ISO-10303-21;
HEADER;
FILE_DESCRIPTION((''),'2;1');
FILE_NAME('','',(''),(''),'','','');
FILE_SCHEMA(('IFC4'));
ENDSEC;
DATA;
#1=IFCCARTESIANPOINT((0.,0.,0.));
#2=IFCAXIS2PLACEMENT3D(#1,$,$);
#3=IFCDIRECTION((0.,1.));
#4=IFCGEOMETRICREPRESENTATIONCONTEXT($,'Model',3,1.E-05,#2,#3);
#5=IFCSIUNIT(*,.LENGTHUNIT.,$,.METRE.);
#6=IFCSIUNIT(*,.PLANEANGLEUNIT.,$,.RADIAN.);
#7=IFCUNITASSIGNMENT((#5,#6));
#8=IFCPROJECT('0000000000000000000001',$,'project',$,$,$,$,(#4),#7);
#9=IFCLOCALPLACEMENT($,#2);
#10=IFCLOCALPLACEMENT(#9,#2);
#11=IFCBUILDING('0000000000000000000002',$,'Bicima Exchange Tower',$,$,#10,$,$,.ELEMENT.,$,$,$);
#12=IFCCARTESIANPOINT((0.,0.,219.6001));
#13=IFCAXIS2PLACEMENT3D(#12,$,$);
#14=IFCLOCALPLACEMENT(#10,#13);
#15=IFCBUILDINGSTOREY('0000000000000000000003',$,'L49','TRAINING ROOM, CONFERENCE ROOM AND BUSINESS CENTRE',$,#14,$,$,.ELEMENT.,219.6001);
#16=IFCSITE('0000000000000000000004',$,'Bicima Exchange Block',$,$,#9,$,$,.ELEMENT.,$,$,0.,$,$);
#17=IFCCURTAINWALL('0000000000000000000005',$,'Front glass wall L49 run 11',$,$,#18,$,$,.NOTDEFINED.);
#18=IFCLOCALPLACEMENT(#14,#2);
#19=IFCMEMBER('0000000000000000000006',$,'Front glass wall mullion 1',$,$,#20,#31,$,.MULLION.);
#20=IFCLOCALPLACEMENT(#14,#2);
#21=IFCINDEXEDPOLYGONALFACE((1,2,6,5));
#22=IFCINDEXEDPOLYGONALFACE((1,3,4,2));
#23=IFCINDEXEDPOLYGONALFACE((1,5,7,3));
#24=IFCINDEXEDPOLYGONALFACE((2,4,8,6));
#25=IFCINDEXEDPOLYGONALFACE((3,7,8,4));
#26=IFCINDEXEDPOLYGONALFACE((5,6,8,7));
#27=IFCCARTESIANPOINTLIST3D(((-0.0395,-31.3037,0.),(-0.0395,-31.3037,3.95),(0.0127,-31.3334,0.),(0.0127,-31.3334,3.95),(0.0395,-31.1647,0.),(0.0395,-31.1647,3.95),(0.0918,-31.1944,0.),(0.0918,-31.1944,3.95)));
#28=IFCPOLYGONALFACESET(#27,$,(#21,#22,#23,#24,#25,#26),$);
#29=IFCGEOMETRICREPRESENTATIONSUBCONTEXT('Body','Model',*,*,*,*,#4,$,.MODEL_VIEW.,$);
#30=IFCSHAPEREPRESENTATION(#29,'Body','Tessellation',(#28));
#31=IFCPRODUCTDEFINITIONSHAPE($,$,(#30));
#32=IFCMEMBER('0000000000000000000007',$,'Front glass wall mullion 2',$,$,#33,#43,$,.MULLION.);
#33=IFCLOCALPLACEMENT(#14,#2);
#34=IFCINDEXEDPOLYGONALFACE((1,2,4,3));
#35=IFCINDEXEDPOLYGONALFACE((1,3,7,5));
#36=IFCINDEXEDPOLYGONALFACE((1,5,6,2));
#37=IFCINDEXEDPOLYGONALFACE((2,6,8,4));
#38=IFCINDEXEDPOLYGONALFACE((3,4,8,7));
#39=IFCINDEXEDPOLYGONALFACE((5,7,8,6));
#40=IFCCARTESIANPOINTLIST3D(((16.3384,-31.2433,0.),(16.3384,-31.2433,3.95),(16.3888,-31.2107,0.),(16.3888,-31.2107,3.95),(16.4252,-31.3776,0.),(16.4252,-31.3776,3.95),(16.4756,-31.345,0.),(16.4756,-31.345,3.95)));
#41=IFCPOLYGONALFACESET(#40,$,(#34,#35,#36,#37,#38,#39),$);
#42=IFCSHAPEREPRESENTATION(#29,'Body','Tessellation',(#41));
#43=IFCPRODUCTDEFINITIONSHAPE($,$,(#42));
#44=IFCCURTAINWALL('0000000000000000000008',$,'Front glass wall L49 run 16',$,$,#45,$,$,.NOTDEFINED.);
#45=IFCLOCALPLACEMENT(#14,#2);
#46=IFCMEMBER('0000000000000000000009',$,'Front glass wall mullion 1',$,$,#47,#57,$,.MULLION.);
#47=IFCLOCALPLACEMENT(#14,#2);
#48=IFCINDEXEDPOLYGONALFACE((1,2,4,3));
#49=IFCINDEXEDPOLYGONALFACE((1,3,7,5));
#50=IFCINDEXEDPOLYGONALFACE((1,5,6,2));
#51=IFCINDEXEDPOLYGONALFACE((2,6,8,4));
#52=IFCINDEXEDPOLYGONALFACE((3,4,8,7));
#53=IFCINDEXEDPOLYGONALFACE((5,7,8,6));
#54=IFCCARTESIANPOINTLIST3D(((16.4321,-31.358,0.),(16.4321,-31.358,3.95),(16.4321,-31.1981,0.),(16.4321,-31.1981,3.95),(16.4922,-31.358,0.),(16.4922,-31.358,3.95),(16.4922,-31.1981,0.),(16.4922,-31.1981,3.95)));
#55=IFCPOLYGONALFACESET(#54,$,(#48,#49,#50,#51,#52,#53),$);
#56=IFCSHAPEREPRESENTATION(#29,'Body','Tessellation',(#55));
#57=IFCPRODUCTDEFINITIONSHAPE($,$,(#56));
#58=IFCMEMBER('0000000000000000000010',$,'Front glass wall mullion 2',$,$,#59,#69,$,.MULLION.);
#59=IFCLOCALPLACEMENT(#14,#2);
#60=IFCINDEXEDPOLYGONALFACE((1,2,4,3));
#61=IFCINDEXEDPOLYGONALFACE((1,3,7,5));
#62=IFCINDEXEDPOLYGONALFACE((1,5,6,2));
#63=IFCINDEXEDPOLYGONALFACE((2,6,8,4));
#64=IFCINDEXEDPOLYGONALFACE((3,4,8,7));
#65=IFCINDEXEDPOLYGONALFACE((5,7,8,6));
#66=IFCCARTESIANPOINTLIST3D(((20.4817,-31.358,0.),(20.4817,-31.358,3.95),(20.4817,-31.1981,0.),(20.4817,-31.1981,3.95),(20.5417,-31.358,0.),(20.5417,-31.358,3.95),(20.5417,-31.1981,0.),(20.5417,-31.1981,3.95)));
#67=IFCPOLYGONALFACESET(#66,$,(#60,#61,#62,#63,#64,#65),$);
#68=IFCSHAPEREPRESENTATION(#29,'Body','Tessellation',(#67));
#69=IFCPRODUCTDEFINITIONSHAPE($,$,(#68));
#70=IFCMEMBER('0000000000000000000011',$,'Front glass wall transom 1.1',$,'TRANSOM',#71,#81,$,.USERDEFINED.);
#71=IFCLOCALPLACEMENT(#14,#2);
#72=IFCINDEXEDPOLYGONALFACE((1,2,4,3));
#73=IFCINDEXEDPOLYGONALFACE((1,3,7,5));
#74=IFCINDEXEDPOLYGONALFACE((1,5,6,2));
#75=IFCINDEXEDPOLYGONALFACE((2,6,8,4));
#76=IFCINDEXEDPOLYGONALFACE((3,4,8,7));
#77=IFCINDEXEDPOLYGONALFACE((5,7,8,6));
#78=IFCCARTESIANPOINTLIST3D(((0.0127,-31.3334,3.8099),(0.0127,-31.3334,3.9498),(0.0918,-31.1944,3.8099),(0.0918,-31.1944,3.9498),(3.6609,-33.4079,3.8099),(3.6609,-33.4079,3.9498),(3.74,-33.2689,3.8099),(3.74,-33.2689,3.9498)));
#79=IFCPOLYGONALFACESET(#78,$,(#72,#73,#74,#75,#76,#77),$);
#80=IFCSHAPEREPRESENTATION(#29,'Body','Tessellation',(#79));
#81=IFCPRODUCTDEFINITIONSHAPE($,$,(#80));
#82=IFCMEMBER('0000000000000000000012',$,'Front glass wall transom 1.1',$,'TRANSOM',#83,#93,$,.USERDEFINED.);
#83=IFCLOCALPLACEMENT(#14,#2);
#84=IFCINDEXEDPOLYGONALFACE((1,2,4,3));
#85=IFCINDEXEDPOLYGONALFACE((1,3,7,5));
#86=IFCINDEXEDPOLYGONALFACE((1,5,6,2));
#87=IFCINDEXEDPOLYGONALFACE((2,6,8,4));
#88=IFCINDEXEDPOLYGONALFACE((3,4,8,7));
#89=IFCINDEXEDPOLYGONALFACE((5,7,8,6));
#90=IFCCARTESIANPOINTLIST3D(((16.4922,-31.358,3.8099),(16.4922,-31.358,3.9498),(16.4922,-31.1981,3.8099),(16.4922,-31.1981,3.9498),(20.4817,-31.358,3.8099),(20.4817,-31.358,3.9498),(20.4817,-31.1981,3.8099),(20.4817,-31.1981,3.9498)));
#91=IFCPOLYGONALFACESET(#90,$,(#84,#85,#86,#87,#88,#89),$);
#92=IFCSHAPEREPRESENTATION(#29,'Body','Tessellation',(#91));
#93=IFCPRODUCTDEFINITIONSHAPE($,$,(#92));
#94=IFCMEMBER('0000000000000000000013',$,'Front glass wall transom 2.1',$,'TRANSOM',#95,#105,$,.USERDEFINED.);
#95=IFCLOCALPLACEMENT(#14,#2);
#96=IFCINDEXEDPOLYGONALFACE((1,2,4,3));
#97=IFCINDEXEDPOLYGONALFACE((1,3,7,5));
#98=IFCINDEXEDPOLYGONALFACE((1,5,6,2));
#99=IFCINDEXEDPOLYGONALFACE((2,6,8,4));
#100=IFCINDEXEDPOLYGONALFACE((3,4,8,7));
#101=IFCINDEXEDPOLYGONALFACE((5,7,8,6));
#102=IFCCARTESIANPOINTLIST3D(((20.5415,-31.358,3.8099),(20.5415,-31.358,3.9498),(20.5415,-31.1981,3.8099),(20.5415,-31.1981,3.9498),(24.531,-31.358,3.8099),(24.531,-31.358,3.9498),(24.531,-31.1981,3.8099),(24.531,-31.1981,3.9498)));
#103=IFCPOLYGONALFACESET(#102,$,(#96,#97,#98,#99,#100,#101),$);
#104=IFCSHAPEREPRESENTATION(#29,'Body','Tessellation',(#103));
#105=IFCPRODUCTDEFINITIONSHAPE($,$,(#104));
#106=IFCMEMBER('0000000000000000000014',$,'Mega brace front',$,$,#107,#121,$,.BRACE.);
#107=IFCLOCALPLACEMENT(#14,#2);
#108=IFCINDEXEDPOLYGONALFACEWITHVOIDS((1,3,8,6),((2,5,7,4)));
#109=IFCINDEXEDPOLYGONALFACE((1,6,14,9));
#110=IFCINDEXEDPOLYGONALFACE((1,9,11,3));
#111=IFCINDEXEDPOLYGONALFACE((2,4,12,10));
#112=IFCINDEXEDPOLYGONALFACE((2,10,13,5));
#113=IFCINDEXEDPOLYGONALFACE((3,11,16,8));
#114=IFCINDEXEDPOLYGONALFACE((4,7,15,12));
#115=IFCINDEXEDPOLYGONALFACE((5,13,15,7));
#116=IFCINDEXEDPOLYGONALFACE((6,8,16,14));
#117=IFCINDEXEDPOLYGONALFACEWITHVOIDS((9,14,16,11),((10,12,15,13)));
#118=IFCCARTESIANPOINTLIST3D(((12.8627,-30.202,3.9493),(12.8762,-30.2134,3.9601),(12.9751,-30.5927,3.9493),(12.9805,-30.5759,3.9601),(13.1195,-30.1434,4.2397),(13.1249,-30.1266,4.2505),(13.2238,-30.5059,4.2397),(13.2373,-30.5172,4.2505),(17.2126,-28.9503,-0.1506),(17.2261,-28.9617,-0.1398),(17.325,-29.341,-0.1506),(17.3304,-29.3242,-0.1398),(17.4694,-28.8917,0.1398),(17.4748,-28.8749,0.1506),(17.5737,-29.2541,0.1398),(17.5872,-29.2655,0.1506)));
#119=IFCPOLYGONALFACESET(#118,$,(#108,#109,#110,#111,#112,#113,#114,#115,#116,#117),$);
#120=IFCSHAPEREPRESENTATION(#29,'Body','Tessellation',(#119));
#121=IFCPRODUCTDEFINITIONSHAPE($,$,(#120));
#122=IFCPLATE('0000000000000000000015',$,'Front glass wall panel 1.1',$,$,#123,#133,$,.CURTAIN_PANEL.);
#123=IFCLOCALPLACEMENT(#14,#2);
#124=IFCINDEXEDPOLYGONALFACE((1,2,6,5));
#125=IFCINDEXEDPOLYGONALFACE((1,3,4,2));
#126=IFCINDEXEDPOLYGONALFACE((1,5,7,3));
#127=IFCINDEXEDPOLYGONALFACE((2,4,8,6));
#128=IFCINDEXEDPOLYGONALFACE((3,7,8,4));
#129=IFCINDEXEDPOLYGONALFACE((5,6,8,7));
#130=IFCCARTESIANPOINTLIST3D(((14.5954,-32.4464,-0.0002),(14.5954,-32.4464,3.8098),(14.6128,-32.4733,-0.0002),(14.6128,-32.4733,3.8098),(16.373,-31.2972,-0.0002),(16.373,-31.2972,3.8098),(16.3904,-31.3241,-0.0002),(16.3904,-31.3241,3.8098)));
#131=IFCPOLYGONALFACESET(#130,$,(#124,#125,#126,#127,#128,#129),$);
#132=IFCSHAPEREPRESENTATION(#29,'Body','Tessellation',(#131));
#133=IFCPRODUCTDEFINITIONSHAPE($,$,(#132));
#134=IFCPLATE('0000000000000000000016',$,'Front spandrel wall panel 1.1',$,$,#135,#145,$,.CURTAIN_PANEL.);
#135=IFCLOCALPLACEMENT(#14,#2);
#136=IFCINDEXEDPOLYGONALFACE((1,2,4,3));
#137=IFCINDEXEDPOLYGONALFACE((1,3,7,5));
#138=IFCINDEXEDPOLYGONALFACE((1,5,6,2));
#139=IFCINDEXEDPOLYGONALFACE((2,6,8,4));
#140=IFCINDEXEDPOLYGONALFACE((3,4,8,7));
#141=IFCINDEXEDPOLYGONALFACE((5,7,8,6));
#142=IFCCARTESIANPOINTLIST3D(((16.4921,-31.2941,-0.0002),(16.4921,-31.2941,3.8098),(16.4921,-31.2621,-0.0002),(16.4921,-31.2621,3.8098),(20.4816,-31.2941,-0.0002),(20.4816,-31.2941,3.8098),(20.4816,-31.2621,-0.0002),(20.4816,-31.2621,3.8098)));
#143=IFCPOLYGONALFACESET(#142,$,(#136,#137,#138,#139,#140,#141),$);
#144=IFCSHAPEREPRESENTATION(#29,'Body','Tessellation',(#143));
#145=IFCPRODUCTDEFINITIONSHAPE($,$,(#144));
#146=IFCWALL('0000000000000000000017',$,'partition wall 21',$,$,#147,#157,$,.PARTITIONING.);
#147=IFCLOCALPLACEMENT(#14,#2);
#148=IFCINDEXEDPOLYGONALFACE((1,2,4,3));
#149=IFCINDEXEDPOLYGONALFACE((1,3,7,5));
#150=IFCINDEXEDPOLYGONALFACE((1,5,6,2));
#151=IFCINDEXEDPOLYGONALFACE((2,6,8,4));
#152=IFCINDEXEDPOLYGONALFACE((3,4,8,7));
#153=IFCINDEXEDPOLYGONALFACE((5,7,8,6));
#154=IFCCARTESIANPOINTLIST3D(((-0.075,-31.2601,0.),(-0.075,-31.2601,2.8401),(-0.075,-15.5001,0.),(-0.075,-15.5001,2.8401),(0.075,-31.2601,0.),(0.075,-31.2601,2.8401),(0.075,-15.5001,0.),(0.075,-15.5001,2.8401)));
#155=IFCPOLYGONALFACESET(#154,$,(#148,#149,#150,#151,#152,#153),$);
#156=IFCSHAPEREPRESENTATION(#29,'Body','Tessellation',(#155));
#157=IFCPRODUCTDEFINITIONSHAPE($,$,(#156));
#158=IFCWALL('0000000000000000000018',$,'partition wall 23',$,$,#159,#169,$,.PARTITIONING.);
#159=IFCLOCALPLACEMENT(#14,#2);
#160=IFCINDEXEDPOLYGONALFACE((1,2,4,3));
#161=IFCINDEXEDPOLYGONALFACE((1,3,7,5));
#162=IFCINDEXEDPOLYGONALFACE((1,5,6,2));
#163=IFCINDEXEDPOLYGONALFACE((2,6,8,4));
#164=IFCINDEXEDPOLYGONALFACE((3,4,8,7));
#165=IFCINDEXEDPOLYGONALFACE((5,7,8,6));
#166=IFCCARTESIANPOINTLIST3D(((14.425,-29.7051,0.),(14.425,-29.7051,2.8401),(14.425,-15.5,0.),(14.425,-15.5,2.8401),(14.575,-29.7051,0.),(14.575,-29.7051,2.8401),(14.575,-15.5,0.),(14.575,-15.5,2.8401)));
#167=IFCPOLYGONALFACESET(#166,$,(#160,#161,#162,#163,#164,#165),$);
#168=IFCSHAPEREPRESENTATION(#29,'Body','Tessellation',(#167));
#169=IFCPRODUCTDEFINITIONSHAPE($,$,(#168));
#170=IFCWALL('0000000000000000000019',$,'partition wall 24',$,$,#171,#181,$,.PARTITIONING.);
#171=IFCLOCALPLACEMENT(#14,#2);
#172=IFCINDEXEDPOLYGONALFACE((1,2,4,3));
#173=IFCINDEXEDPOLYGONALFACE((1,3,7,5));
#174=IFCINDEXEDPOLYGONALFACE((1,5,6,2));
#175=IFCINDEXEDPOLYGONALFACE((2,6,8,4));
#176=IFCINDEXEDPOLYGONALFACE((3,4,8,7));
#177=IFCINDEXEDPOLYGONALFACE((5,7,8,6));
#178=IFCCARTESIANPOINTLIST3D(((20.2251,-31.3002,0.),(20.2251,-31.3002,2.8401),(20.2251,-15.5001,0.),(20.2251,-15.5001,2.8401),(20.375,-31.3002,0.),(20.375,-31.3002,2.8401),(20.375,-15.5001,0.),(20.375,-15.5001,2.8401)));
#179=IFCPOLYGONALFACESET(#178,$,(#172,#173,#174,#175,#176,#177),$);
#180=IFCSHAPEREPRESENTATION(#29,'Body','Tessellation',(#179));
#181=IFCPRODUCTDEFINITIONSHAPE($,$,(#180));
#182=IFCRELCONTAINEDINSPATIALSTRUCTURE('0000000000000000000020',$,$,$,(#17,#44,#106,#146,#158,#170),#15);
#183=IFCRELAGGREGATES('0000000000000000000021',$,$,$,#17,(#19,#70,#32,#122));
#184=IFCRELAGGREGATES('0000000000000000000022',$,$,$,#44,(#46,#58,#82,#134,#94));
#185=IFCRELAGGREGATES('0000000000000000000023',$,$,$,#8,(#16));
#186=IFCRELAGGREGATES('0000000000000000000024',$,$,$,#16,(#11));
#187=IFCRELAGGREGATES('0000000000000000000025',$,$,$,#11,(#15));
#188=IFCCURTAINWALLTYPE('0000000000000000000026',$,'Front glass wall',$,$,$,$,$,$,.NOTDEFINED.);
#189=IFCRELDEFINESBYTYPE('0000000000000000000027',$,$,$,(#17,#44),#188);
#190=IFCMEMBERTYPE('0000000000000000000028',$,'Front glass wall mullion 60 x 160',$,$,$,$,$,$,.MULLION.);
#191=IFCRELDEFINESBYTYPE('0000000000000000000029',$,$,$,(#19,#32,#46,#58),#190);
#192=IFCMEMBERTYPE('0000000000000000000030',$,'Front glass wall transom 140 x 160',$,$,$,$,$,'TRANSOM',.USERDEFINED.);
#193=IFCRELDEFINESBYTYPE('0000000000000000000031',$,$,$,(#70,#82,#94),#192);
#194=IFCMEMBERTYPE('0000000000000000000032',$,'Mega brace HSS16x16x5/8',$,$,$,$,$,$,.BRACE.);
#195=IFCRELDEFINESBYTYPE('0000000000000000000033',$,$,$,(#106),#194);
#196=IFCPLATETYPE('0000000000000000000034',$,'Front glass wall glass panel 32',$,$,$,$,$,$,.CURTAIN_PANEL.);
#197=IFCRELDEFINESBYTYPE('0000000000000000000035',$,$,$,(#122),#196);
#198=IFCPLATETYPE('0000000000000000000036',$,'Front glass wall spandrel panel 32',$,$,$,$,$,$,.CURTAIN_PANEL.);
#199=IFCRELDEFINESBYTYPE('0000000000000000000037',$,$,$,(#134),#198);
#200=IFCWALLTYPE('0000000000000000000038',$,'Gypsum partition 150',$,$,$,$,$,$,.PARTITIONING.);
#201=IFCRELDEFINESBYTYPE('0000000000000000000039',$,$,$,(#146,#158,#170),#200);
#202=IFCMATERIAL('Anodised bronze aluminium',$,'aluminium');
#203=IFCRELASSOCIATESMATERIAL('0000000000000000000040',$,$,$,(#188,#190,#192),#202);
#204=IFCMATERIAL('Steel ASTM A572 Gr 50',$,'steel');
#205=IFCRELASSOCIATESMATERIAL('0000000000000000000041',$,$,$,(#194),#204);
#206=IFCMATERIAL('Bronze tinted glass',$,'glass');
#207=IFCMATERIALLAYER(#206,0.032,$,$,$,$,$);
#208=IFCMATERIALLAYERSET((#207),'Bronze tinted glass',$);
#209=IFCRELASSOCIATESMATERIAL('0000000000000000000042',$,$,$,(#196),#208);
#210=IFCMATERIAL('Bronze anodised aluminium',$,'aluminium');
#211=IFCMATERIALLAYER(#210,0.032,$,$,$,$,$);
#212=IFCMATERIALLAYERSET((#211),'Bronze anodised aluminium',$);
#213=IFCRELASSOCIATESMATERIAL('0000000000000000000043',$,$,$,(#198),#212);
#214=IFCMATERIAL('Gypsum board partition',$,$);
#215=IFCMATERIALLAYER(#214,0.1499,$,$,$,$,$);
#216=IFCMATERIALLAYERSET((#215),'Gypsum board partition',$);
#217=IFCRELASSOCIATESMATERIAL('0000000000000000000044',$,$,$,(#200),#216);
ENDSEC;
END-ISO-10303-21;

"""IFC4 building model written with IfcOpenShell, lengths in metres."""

from ifc_helpers import new_model, si_unit, direction, frame, frame_2d, origin, origin_2d, place, context, subcontext, project, spatial, rectangle, hollow_rectangle, extrude, material, layer, layer_set, material_profile, profile_set, type_object, element, aggregate, save


model = new_model("IFC4")

# Units and contexts
model_context = context("Model", 3, precision=1e-05, world=origin(), true_north=direction((0.0, 1.0)))
body_context = subcontext(model_context, "Body", "Model", "MODEL_VIEW")
ifc_project = project(units=[si_unit("LENGTHUNIT", "METRE"), si_unit("PLANEANGLEUNIT", "RADIAN")], contexts=[model_context])

# Site, building, storey
site_placement = place(None, origin())
site = spatial("IfcSite", under=ifc_project, at=site_placement, Name="Bicima Exchange Block", CompositionType="ELEMENT", RefElevation=0.0)
building_placement = place(site_placement, origin())
building = spatial("IfcBuilding", under=site, at=building_placement, Name="Bicima Exchange Tower", CompositionType="ELEMENT")
storey_placement = place(building_placement, frame((0.0, 0.0, 219.6001)))
storey = spatial("IfcBuildingStorey", under=building, at=storey_placement, Name="L49", Description="TRAINING ROOM, CONFERENCE ROOM AND BUSINESS CENTRE", CompositionType="ELEMENT", Elevation=219.6001)

# Curtain walls, members
ifc_material_1 = material(Name="Anodised bronze aluminium", Category="aluminium")
curtain_wall_type = type_object("IfcCurtainWallType", Name="Front glass wall", PredefinedType="NOTDEFINED", material=ifc_material_1)
curtain_wall_1_placement = place(storey_placement, origin())
curtain_wall_1 = element("IfcCurtainWall", 1, at=curtain_wall_1_placement, inside=storey, type_object=curtain_wall_type, Name="Front glass wall L49 run 11", PredefinedType="NOTDEFINED")
ifc_material_profile_1 = material_profile(ifc_material_1, rectangle(XDim=0.1599, YDim=0.0601, at=origin_2d()))
ifc_profile_set_1 = profile_set([ifc_material_profile_1], Name="Anodised bronze aluminium")
member_type_1 = type_object("IfcMemberType", Name="Front glass wall mullion 60 x 160", PredefinedType="MULLION", material=ifc_profile_set_1)
member_1_placement = place(storey_placement, frame((0.0261, -31.249, 0.0), z_axis=(0.0, 0.0, 1.0), x_axis=(0.49433, 0.869274, 0.0)))
member_1 = element("IfcMember", 2, at=member_1_placement, type_object=member_type_1, Name="Front glass wall mullion 1", PredefinedType="MULLION", context=body_context, shape_type="SweptSolid", body=[
    extrude(rectangle(XDim=0.1599, YDim=0.0601, at=origin_2d()), origin(), (0.0, 0.0, 1.0), 3.95),
])
member_2_placement = place(storey_placement, frame((16.407, -31.2942, 0.0), z_axis=(0.0, 0.0, 1.0), x_axis=(-0.542909, 0.839791, 0.0)))
member_2 = element("IfcMember", 3, at=member_2_placement, type_object=member_type_1, Name="Front glass wall mullion 2", PredefinedType="MULLION", context=body_context, shape_type="SweptSolid", body=[
    extrude(rectangle(XDim=0.1599, YDim=0.0601, at=origin_2d()), origin(), (0.0, 0.0, 1.0), 3.95),
])
curtain_wall_2_placement = place(storey_placement, origin())
curtain_wall_2 = element("IfcCurtainWall", 4, at=curtain_wall_2_placement, inside=storey, type_object=curtain_wall_type, Name="Front glass wall L49 run 16", PredefinedType="NOTDEFINED")
member_3_placement = place(storey_placement, frame((16.4622, -31.2781, 0.0), z_axis=(0.0, 0.0, 1.0), x_axis=(0.0, 1.0, 0.0)))
member_3 = element("IfcMember", 5, at=member_3_placement, type_object=member_type_1, Name="Front glass wall mullion 1", PredefinedType="MULLION", context=body_context, shape_type="SweptSolid", body=[
    extrude(rectangle(XDim=0.1599, YDim=0.0601, at=origin_2d()), origin(), (0.0, 0.0, 1.0), 3.95),
])
member_4_placement = place(storey_placement, frame((20.5117, -31.2781, 0.0), z_axis=(0.0, 0.0, 1.0), x_axis=(0.0, 1.0, 0.0)))
member_4 = element("IfcMember", 6, at=member_4_placement, type_object=member_type_1, Name="Front glass wall mullion 2", PredefinedType="MULLION", context=body_context, shape_type="SweptSolid", body=[
    extrude(rectangle(XDim=0.1599, YDim=0.0601, at=origin_2d()), origin(), (0.0, 0.0, 1.0), 3.95),
])

# Members
ifc_material_profile_2 = material_profile(ifc_material_1, rectangle(XDim=0.1599, YDim=0.1399, at=origin_2d()))
ifc_profile_set_2 = profile_set([ifc_material_profile_2], Name="Anodised bronze aluminium")
member_type_2 = type_object("IfcMemberType", Name="Front glass wall transom 140 x 160", ElementType="TRANSOM", PredefinedType="USERDEFINED", material=ifc_profile_set_2)
member_5_placement = place(storey_placement, frame((0.0522, -31.2639, 3.8799), z_axis=(0.86929, -0.494302, 0.0), x_axis=(0.494302, 0.86929, 0.0)))
member_5 = element("IfcMember", 7, at=member_5_placement, type_object=member_type_2, Name="Front glass wall transom 1.1", ObjectType="TRANSOM", PredefinedType="USERDEFINED", context=body_context, shape_type="SweptSolid", body=[
    extrude(rectangle(XDim=0.1599, YDim=0.1399, at=origin_2d()), origin(), (0.0, 0.0, 1.0), 4.1968),
])
member_6_placement = place(storey_placement, frame((16.4922, -31.2781, 3.8799), z_axis=(1.0, 0.0, 0.0), x_axis=(0.0, 1.0, 0.0)))
member_6 = element("IfcMember", 8, at=member_6_placement, type_object=member_type_2, Name="Front glass wall transom 1.1", ObjectType="TRANSOM", PredefinedType="USERDEFINED", context=body_context, shape_type="SweptSolid", body=[
    extrude(rectangle(XDim=0.1599, YDim=0.1399, at=origin_2d()), origin(), (0.0, 0.0, 1.0), 3.9895),
])
member_7_placement = place(storey_placement, frame((20.5415, -31.2781, 3.8799), z_axis=(1.0, 0.0, 0.0), x_axis=(0.0, 1.0, 0.0)))
member_7 = element("IfcMember", 9, at=member_7_placement, type_object=member_type_2, Name="Front glass wall transom 2.1", ObjectType="TRANSOM", PredefinedType="USERDEFINED", context=body_context, shape_type="SweptSolid", body=[
    extrude(rectangle(XDim=0.1599, YDim=0.1399, at=origin_2d()), origin(), (0.0, 0.0, 1.0), 3.9895),
])
ifc_material_2 = material(Name="Steel ASTM A572 Gr 50", Category="steel")
ifc_material_profile_3 = material_profile(ifc_material_2, hollow_rectangle(XDim=0.4065, YDim=0.4065, WallThickness=0.0146, at=origin_2d()))
ifc_profile_set_3 = profile_set([ifc_material_profile_3], Name="Steel ASTM A572 Gr 50")
member_type_3 = type_object("IfcMemberType", Name="Mega brace HSS16x16x5/8", PredefinedType="BRACE", material=ifc_profile_set_3)
member_8_placement = place(storey_placement, frame((17.3999, -29.1079, 0.0), z_axis=(-0.71226, -0.204959, 0.671325), x_axis=(0.276537, -0.961003, 0.0)))
element("IfcMember", 10, at=member_8_placement, inside=storey, type_object=member_type_3, Name="Mega brace front", PredefinedType="BRACE", context=body_context, shape_type="SweptSolid", body=[
    extrude(hollow_rectangle(XDim=0.4065, YDim=0.4065, WallThickness=0.0146, at=origin_2d()), origin(), (0.0, 0.0, 1.0), 6.1072),
])

# Plates
ifc_material_3 = material(Name="Bronze tinted glass", Category="glass")
ifc_layer_1 = layer(ifc_material_3, 0.032)
ifc_layer_set_1 = layer_set([ifc_layer_1], Name="Bronze tinted glass")
plate_type_1 = type_object("IfcPlateType", Name="Front glass wall glass panel 32", PredefinedType="CURTAIN_PANEL", material=ifc_layer_set_1)
plate_1_placement = place(storey_placement, frame((15.4929, -31.8853, -0.0002), z_axis=(0.0, 0.0, 1.0), x_axis=(0.839791, 0.542909, 0.0)))
plate_1 = element("IfcPlate", 11, at=plate_1_placement, type_object=plate_type_1, Name="Front glass wall panel 1.1", PredefinedType="CURTAIN_PANEL", context=body_context, shape_type="SweptSolid", body=[
    extrude(rectangle(XDim=2.1167, YDim=0.032, at=origin_2d()), origin(), (0.0, 0.0, 1.0), 3.8101),
])
aggregate(curtain_wall_1, [member_1, member_5, member_2, plate_1])
ifc_material_4 = material(Name="Bronze anodised aluminium", Category="aluminium")
ifc_layer_2 = layer(ifc_material_4, 0.032)
ifc_layer_set_2 = layer_set([ifc_layer_2], Name="Bronze anodised aluminium")
plate_type_2 = type_object("IfcPlateType", Name="Front glass wall spandrel panel 32", PredefinedType="CURTAIN_PANEL", material=ifc_layer_set_2)
plate_2_placement = place(storey_placement, frame((18.4868, -31.2781, -0.0002), z_axis=(0.0, 0.0, 1.0), x_axis=(1.0, 0.0, 0.0)))
plate_2 = element("IfcPlate", 12, at=plate_2_placement, type_object=plate_type_2, Name="Front spandrel wall panel 1.1", PredefinedType="CURTAIN_PANEL", context=body_context, shape_type="SweptSolid", body=[
    extrude(rectangle(XDim=3.9895, YDim=0.032, at=origin_2d()), origin(), (0.0, 0.0, 1.0), 3.8101),
])
aggregate(curtain_wall_2, [member_3, member_4, member_6, plate_2, member_7])

# Walls
ifc_material_5 = material(Name="Gypsum board partition")
ifc_layer_3 = layer(ifc_material_5, 0.1499)
ifc_layer_set_3 = layer_set([ifc_layer_3], Name="Gypsum board partition")
wall_type = type_object("IfcWallType", Name="Gypsum partition 150", PredefinedType="PARTITIONING", material=ifc_layer_set_3)
wall_1_placement = place(storey_placement, frame((0.0, -31.26, 0.0), z_axis=(0.0, 0.0, 1.0), x_axis=(0.0, 1.0, 0.0)))
element("IfcWall", 13, at=wall_1_placement, inside=storey, type_object=wall_type, Name="partition wall 21", PredefinedType="PARTITIONING", context=body_context, shape_type="SweptSolid", body=[
    extrude(rectangle(XDim=15.76, YDim=0.1499, at=frame_2d((7.8799, 0.0))), origin(), (0.0, 0.0, 1.0), 2.8401),
])
wall_2_placement = place(storey_placement, frame((14.5, -29.7051, 0.0), z_axis=(0.0, 0.0, 1.0), x_axis=(0.0, 1.0, 0.0)))
element("IfcWall", 14, at=wall_2_placement, inside=storey, type_object=wall_type, Name="partition wall 23", PredefinedType="PARTITIONING", context=body_context, shape_type="SweptSolid", body=[
    extrude(rectangle(XDim=14.2051, YDim=0.1499, at=frame_2d((7.1025, 0.0))), origin(), (0.0, 0.0, 1.0), 2.8401),
])
wall_3_placement = place(storey_placement, frame((20.3, -31.3, 0.0), z_axis=(0.0, 0.0, 1.0), x_axis=(0.0, 1.0, 0.0)))
element("IfcWall", 15, at=wall_3_placement, inside=storey, type_object=wall_type, Name="partition wall 24", PredefinedType="PARTITIONING", context=body_context, shape_type="SweptSolid", body=[
    extrude(rectangle(XDim=15.8, YDim=0.1499, at=frame_2d((7.8999, 0.0))), origin(), (0.0, 0.0, 1.0), 2.8401),
])

save(model, "model.ifc")
